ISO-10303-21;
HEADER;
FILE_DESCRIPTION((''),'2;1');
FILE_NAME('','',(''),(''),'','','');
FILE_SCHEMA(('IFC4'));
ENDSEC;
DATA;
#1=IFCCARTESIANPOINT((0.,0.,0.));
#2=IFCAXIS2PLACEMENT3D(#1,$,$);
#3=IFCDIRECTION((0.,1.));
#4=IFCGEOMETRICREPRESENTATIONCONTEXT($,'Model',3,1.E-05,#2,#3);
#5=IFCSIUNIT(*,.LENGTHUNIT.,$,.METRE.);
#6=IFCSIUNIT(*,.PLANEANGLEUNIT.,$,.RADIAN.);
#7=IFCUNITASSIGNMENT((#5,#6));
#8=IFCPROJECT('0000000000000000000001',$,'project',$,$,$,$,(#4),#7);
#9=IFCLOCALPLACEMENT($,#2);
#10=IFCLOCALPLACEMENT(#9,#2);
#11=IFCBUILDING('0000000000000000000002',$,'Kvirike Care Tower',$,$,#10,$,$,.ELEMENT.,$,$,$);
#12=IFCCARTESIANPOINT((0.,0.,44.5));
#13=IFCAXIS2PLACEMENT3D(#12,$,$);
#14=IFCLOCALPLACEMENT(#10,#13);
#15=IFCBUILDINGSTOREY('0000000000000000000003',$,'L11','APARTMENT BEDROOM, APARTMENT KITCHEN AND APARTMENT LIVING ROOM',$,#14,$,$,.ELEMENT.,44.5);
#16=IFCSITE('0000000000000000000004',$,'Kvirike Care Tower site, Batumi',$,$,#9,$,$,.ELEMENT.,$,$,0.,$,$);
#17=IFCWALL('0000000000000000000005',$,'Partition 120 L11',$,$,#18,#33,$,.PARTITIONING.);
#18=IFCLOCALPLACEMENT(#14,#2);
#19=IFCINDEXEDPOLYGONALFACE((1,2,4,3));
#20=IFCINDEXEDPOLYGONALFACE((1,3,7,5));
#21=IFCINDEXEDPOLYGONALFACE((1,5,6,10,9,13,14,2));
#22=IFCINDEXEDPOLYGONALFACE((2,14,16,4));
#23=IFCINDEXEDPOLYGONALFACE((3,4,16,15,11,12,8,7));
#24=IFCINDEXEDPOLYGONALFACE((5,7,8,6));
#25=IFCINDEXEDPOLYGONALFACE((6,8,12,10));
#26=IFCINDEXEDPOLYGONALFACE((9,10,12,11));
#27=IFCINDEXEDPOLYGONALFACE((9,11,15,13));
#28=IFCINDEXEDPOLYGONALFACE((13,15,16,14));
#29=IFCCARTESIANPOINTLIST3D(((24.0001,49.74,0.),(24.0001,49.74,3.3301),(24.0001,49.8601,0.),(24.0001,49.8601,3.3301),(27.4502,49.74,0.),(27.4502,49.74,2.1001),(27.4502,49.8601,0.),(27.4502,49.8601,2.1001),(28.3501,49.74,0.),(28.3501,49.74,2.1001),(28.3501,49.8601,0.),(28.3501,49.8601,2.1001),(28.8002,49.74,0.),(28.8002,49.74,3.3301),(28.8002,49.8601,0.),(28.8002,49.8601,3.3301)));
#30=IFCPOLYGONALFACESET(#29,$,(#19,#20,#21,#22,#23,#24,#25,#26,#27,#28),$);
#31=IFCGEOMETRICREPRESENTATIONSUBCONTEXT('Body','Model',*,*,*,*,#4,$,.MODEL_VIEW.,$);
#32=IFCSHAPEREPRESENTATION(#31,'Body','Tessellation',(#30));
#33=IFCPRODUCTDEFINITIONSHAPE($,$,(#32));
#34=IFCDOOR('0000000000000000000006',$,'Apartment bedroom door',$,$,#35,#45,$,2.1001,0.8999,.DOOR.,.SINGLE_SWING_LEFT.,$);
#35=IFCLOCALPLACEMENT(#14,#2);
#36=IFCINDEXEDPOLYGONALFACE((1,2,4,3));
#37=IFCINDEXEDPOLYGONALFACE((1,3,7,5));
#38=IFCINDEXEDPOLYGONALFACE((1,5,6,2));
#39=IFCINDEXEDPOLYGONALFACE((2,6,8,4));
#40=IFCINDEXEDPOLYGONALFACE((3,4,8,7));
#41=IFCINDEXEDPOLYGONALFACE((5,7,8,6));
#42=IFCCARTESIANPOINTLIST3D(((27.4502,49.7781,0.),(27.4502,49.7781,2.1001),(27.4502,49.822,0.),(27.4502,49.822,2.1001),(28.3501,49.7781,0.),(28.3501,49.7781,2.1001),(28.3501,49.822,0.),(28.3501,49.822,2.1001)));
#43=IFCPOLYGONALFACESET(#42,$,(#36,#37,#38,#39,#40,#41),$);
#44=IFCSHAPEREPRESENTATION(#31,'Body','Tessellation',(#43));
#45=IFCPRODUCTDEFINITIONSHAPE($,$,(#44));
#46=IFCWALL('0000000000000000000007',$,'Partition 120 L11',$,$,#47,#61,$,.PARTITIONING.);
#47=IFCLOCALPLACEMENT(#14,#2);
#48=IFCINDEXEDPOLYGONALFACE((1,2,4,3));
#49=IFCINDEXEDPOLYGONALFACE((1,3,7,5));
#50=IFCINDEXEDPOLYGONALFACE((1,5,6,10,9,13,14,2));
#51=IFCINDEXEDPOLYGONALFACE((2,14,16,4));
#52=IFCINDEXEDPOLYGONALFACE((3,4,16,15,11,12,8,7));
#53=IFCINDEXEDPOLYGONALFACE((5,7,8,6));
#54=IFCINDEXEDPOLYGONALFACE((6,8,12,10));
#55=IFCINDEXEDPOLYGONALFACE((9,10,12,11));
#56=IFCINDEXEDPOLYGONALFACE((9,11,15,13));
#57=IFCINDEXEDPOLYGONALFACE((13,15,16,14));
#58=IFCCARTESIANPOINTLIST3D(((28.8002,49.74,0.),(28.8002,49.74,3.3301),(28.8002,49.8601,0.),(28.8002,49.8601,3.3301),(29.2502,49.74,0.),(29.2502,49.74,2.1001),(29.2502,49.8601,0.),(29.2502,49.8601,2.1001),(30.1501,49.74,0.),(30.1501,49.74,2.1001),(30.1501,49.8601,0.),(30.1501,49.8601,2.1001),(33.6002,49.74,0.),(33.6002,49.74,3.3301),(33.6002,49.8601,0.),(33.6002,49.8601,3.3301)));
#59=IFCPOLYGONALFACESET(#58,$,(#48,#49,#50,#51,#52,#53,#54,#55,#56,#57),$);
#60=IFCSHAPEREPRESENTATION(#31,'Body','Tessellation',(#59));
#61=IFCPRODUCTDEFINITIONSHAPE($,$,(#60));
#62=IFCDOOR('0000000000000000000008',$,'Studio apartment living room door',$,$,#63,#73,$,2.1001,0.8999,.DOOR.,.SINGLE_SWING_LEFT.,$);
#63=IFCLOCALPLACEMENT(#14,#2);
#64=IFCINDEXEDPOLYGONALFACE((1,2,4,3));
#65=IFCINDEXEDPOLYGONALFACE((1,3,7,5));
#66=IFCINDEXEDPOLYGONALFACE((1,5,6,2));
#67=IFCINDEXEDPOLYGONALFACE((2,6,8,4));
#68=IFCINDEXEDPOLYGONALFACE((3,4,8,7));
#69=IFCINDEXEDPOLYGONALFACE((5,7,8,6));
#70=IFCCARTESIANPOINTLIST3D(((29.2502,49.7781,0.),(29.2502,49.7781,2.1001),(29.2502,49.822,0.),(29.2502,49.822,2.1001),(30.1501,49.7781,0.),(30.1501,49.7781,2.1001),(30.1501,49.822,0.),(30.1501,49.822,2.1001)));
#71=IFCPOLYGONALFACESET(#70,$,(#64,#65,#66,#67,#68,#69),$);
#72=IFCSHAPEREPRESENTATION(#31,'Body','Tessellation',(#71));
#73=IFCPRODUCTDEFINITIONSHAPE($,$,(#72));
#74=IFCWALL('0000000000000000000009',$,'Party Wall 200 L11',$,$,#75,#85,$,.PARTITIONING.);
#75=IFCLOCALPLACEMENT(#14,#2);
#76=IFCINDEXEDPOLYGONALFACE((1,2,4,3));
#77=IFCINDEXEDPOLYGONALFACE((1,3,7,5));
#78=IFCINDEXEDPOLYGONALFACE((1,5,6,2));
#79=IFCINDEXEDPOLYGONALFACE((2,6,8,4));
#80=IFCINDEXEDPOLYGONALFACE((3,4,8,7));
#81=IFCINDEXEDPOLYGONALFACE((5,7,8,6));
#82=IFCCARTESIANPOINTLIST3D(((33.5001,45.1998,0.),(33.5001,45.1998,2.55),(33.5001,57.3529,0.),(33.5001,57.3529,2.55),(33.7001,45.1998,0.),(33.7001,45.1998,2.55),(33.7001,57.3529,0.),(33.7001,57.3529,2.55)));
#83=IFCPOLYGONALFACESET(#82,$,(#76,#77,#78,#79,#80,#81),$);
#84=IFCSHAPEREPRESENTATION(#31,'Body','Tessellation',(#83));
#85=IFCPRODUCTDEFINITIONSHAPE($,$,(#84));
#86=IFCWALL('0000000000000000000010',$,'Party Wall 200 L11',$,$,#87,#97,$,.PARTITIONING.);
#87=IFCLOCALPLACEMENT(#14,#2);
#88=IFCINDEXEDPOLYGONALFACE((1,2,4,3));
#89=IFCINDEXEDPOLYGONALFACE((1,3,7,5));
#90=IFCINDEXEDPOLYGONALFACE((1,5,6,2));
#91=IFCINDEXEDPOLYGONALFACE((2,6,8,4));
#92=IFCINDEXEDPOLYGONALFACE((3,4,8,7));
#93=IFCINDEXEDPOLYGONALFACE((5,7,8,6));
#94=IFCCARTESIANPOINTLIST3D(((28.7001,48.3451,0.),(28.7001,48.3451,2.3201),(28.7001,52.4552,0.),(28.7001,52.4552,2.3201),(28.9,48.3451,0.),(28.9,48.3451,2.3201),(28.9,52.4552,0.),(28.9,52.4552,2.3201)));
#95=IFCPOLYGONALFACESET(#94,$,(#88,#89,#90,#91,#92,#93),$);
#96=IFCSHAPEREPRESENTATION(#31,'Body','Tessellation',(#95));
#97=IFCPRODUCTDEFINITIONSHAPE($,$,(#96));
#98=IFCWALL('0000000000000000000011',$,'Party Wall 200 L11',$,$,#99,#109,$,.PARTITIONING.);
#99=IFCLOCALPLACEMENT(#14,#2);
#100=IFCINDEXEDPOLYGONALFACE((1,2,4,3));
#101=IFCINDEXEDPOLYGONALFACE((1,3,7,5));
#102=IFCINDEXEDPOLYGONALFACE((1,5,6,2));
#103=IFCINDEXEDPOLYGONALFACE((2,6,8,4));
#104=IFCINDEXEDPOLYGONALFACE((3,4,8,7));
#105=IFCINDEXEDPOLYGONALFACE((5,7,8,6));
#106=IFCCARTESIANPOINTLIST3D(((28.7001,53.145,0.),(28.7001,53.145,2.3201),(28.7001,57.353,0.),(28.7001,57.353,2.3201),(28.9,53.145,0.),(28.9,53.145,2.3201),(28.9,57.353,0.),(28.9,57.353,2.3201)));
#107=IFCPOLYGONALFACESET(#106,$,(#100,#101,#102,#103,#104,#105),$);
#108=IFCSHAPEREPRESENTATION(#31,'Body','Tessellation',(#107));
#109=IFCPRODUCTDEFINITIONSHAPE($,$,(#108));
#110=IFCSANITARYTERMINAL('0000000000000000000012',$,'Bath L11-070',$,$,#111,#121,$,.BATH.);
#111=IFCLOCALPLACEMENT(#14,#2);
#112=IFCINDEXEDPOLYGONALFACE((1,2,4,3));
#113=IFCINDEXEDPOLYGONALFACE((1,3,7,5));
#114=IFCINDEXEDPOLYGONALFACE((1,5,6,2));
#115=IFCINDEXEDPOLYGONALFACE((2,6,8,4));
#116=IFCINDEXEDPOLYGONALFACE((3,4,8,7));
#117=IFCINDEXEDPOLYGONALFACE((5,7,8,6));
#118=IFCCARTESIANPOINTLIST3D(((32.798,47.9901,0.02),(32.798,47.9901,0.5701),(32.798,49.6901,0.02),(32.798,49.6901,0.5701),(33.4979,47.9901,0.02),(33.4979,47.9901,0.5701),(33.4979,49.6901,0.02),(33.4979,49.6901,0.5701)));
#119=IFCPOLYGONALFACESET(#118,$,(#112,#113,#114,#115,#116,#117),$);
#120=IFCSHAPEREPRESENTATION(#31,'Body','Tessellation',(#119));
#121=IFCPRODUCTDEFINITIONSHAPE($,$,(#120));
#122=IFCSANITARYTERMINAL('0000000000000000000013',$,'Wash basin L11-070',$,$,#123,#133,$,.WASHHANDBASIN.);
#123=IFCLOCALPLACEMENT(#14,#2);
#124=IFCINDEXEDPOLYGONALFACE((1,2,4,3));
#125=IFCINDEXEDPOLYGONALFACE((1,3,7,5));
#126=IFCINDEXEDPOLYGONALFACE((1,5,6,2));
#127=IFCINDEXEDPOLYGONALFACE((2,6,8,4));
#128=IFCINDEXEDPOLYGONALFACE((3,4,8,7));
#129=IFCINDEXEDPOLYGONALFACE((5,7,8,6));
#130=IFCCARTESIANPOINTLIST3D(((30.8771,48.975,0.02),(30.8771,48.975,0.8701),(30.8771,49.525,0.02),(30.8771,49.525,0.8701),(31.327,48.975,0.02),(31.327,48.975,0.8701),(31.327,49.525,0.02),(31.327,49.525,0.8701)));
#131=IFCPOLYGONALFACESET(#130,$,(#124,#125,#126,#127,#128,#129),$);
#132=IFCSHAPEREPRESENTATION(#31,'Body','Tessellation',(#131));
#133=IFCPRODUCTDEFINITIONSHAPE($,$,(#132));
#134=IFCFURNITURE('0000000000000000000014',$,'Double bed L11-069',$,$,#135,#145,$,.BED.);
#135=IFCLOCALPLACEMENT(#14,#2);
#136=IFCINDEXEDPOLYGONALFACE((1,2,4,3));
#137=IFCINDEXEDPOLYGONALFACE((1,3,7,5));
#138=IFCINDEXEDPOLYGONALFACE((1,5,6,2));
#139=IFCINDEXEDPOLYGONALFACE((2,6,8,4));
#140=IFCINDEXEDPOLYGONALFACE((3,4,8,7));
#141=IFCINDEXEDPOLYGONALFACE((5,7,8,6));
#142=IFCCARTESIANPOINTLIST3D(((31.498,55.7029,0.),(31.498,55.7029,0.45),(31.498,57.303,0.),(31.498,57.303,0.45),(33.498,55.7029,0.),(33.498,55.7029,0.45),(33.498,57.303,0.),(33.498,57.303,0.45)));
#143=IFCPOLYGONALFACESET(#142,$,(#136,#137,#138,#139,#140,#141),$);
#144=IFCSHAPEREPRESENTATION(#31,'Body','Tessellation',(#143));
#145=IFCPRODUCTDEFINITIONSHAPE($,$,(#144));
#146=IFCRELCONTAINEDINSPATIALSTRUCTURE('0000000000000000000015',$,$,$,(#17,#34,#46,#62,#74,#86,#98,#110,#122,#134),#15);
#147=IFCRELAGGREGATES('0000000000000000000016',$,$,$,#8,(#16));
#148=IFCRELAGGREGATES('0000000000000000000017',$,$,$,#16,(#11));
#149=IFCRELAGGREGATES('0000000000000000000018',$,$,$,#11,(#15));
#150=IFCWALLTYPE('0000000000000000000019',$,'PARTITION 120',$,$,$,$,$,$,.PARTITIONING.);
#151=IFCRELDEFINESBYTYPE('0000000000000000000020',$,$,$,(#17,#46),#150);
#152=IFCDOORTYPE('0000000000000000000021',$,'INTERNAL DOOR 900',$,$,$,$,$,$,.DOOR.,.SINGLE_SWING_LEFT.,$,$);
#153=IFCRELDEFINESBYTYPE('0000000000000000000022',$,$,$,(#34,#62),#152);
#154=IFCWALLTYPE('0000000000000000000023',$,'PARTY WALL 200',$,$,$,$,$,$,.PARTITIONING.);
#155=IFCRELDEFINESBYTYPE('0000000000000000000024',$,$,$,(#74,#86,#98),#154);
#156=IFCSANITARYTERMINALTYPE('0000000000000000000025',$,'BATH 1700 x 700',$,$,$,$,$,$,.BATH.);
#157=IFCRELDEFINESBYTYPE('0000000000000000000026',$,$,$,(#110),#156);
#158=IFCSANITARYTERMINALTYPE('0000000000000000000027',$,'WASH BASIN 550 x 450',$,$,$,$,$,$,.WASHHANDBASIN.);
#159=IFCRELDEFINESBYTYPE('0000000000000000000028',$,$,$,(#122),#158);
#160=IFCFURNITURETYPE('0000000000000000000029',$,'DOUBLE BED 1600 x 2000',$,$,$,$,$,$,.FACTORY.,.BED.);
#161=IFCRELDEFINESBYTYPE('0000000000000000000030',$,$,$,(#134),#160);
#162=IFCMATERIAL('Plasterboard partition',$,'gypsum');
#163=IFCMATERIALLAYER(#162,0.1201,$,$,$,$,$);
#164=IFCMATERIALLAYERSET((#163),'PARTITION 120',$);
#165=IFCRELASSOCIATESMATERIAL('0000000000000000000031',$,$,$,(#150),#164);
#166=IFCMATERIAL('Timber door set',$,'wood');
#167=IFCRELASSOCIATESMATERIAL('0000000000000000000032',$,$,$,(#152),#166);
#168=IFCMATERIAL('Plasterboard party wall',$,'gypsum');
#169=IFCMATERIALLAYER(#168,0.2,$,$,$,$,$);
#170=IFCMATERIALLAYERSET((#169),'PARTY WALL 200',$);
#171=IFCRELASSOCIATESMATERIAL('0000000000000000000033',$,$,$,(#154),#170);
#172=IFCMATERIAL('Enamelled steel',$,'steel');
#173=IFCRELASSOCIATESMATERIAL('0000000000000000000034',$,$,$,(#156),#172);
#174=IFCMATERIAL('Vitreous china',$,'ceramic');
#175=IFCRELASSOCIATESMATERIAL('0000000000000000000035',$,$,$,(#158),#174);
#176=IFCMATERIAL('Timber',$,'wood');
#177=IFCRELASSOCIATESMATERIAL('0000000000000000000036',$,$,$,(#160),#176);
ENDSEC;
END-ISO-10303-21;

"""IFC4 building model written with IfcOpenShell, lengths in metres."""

from ifc_helpers import new_model, si_unit, direction, frame, frame_2d, origin, origin_2d, place, context, subcontext, project, spatial, rectangle, extrude, material, layer, layer_set, type_object, element, fill, save


model = new_model("IFC4")

# Units and contexts
model_context = context("Model", 3, precision=1e-05, world=origin(), true_north=direction((0.0, 1.0)))
body_context = subcontext(model_context, "Body", "Model", "MODEL_VIEW")
ifc_project = project(units=[si_unit("LENGTHUNIT", "METRE"), si_unit("PLANEANGLEUNIT", "RADIAN")], contexts=[model_context])

# Site, building, storey
site_placement = place(None, origin())
site = spatial("IfcSite", under=ifc_project, at=site_placement, Name="Kvirike Care Tower site, Batumi", CompositionType="ELEMENT", RefElevation=0.0)
building_placement = place(site_placement, origin())
building = spatial("IfcBuilding", under=site, at=building_placement, Name="Kvirike Care Tower", CompositionType="ELEMENT")
storey_placement = place(building_placement, frame((0.0, 0.0, 44.5)))
storey = spatial("IfcBuildingStorey", under=building, at=storey_placement, Name="L11", Description="APARTMENT BEDROOM, APARTMENT KITCHEN AND APARTMENT LIVING ROOM", CompositionType="ELEMENT", Elevation=44.5)

# Walls, openings, doors
ifc_material_1 = material(Name="Plasterboard partition", Category="gypsum")
ifc_layer_1 = layer(ifc_material_1, 0.1201)
ifc_layer_set_1 = layer_set([ifc_layer_1], Name="PARTITION 120")
wall_type_1 = type_object("IfcWallType", Name="PARTITION 120", PredefinedType="PARTITIONING", material=ifc_layer_set_1)
wall_1_placement = place(storey_placement, frame((28.8, 49.8, 0.0), z_axis=(0.0, 0.0, 1.0), x_axis=(-1.0, 0.0, 0.0)))
wall_1 = element("IfcWall", 1, at=wall_1_placement, inside=storey, type_object=wall_type_1, Name="Partition 120 L11", PredefinedType="PARTITIONING", context=body_context, shape_type="SweptSolid", body=[
    extrude(rectangle(XDim=4.8, YDim=0.1201, at=frame_2d((2.3999, 0.0))), origin(), (0.0, 0.0, 1.0), 3.3301),
])
opening_1_placement = place(wall_1_placement, frame((0.45, 0.0, 0.0)))
opening_1 = element("IfcOpeningElement", 2, at=opening_1_placement, cuts=wall_1, PredefinedType="OPENING", context=body_context, shape_type="SweptSolid", body=[
    extrude(rectangle(XDim=0.8999, YDim=2.1001, at=frame_2d((0.45, 1.05))), frame((0.0, 0.0706, 0.0), z_axis=(0.0, -1.0, 0.0), x_axis=(1.0, 0.0, 0.0)), (0.0, 0.0, 1.0), 0.1411),
])
ifc_material_2 = material(Name="Timber door set", Category="wood")
door_type_1 = type_object("IfcDoorType", Name="INTERNAL DOOR 900", OperationType="SINGLE_SWING_LEFT", PredefinedType="DOOR", material=ifc_material_2)
door_1_placement = place(opening_1_placement, frame((0.8999, 0.0, 0.0), z_axis=(0.0, 0.0, 1.0), x_axis=(-1.0, 0.0, 0.0)))
door_1 = element("IfcDoor", 3, at=door_1_placement, inside=storey, type_object=door_type_1, Name="Apartment bedroom door", OperationType="SINGLE_SWING_LEFT", OverallHeight=2.1001, OverallWidth=0.8999, PredefinedType="DOOR", context=body_context, shape_type="SweptSolid", body=[
    extrude(rectangle(XDim=0.8999, YDim=2.1001, at=frame_2d((0.45, 1.05))), frame((0.0, 0.022, 0.0), z_axis=(0.0, -1.0, 0.0), x_axis=(1.0, 0.0, 0.0)), (0.0, 0.0, 1.0), 0.0439),
])
fill(opening_1, door_1)
wall_2_placement = place(storey_placement, frame((33.6001, 49.8, 0.0), z_axis=(0.0, 0.0, 1.0), x_axis=(-1.0, 0.0, 0.0)))
wall_2 = element("IfcWall", 4, at=wall_2_placement, inside=storey, type_object=wall_type_1, Name="Partition 120 L11", PredefinedType="PARTITIONING", context=body_context, shape_type="SweptSolid", body=[
    extrude(rectangle(XDim=4.8, YDim=0.1201, at=frame_2d((2.3999, 0.0))), origin(), (0.0, 0.0, 1.0), 3.3301),
])
opening_2_placement = place(wall_2_placement, frame((3.45, 0.0, 0.0)))
opening_2 = element("IfcOpeningElement", 5, at=opening_2_placement, cuts=wall_2, PredefinedType="OPENING", context=body_context, shape_type="SweptSolid", body=[
    extrude(rectangle(XDim=0.8999, YDim=2.1001, at=frame_2d((0.45, 1.05))), frame((0.0, 0.0706, 0.0), z_axis=(0.0, -1.0, 0.0), x_axis=(1.0, 0.0, 0.0)), (0.0, 0.0, 1.0), 0.1411),
])
door_2_placement = place(opening_2_placement, origin())
door_2 = element("IfcDoor", 6, at=door_2_placement, inside=storey, type_object=door_type_1, Name="Studio apartment living room door", OperationType="SINGLE_SWING_LEFT", OverallHeight=2.1001, OverallWidth=0.8999, PredefinedType="DOOR", context=body_context, shape_type="SweptSolid", body=[
    extrude(rectangle(XDim=0.8999, YDim=2.1001, at=frame_2d((0.45, 1.05))), frame((0.0, 0.022, 0.0), z_axis=(0.0, -1.0, 0.0), x_axis=(1.0, 0.0, 0.0)), (0.0, 0.0, 1.0), 0.0439),
])
fill(opening_2, door_2)

# Walls
ifc_material_3 = material(Name="Plasterboard party wall", Category="gypsum")
ifc_layer_2 = layer(ifc_material_3, 0.2)
ifc_layer_set_2 = layer_set([ifc_layer_2], Name="PARTY WALL 200")
wall_type_2 = type_object("IfcWallType", Name="PARTY WALL 200", PredefinedType="PARTITIONING", material=ifc_layer_set_2)
wall_3_placement = place(storey_placement, frame((33.6001, 57.353, 0.0), z_axis=(0.0, 0.0, 1.0), x_axis=(0.0, -1.0, 0.0)))
element("IfcWall", 7, at=wall_3_placement, inside=storey, type_object=wall_type_2, Name="Party Wall 200 L11", PredefinedType="PARTITIONING", context=body_context, shape_type="SweptSolid", body=[
    extrude(rectangle(XDim=12.1531, YDim=0.2, at=frame_2d((6.0767, 0.0))), origin(), (0.0, 0.0, 1.0), 2.55),
])
wall_4_placement = place(storey_placement, frame((28.8, 48.345, 0.0), z_axis=(0.0, 0.0, 1.0), x_axis=(0.0, 1.0, 0.0)))
element("IfcWall", 8, at=wall_4_placement, inside=storey, type_object=wall_type_2, Name="Party Wall 200 L11", PredefinedType="PARTITIONING", context=body_context, shape_type="SweptSolid", body=[
    extrude(rectangle(XDim=4.1101, YDim=0.2, at=frame_2d((2.0552, 0.0))), origin(), (0.0, 0.0, 1.0), 2.3201),
])
wall_5_placement = place(storey_placement, frame((28.8, 53.145, 0.0), z_axis=(0.0, 0.0, 1.0), x_axis=(0.0, 1.0, 0.0)))
element("IfcWall", 9, at=wall_5_placement, inside=storey, type_object=wall_type_2, Name="Party Wall 200 L11", PredefinedType="PARTITIONING", context=body_context, shape_type="SweptSolid", body=[
    extrude(rectangle(XDim=4.208, YDim=0.2, at=frame_2d((2.104, 0.0))), origin(), (0.0, 0.0, 1.0), 2.3201),
])

# Sanitary terminals
ifc_material_4 = material(Name="Enamelled steel", Category="steel")
sanitary_terminal_type_1 = type_object("IfcSanitaryTerminalType", Name="BATH 1700 x 700", PredefinedType="BATH", material=ifc_material_4)
sanitary_terminal_1_placement = place(storey_placement, frame((33.1479, 48.8401, 0.02), z_axis=(0.0, 0.0, 1.0), x_axis=(0.0, -1.0, 0.0)))
element("IfcSanitaryTerminal", 10, at=sanitary_terminal_1_placement, inside=storey, type_object=sanitary_terminal_type_1, Name="Bath L11-070", PredefinedType="BATH", context=body_context, shape_type="SweptSolid", body=[
    extrude(rectangle(XDim=1.7, YDim=0.7, at=origin_2d()), origin(), (0.0, 0.0, 1.0), 0.55),
])
ifc_material_5 = material(Name="Vitreous china", Category="ceramic")
sanitary_terminal_type_2 = type_object("IfcSanitaryTerminalType", Name="WASH BASIN 550 x 450", PredefinedType="WASHHANDBASIN", material=ifc_material_5)
sanitary_terminal_2_placement = place(storey_placement, frame((31.1021, 49.25, 0.02), z_axis=(0.0, 0.0, 1.0), x_axis=(0.0, 1.0, 0.0)))
element("IfcSanitaryTerminal", 11, at=sanitary_terminal_2_placement, inside=storey, type_object=sanitary_terminal_type_2, Name="Wash basin L11-070", PredefinedType="WASHHANDBASIN", context=body_context, shape_type="SweptSolid", body=[
    extrude(rectangle(XDim=0.55, YDim=0.45, at=origin_2d()), origin(), (0.0, 0.0, 1.0), 0.8501),
])

# Furniture
ifc_material_6 = material(Name="Timber", Category="wood")
furniture_type = type_object("IfcFurnitureType", Name="DOUBLE BED 1600 x 2000", AssemblyPlace="FACTORY", PredefinedType="BED", material=ifc_material_6)
furniture_placement = place(storey_placement, frame((32.498, 56.5029, 0.0), z_axis=(0.0, 0.0, 1.0), x_axis=(0.0, -1.0, 0.0)))
element("IfcFurniture", 12, at=furniture_placement, inside=storey, type_object=furniture_type, Name="Double bed L11-069", PredefinedType="BED", context=body_context, shape_type="SweptSolid", body=[
    extrude(rectangle(XDim=1.6001, YDim=2.0, at=origin_2d()), origin(), (0.0, 0.0, 1.0), 0.45),
])

save(model, "model.ifc")
